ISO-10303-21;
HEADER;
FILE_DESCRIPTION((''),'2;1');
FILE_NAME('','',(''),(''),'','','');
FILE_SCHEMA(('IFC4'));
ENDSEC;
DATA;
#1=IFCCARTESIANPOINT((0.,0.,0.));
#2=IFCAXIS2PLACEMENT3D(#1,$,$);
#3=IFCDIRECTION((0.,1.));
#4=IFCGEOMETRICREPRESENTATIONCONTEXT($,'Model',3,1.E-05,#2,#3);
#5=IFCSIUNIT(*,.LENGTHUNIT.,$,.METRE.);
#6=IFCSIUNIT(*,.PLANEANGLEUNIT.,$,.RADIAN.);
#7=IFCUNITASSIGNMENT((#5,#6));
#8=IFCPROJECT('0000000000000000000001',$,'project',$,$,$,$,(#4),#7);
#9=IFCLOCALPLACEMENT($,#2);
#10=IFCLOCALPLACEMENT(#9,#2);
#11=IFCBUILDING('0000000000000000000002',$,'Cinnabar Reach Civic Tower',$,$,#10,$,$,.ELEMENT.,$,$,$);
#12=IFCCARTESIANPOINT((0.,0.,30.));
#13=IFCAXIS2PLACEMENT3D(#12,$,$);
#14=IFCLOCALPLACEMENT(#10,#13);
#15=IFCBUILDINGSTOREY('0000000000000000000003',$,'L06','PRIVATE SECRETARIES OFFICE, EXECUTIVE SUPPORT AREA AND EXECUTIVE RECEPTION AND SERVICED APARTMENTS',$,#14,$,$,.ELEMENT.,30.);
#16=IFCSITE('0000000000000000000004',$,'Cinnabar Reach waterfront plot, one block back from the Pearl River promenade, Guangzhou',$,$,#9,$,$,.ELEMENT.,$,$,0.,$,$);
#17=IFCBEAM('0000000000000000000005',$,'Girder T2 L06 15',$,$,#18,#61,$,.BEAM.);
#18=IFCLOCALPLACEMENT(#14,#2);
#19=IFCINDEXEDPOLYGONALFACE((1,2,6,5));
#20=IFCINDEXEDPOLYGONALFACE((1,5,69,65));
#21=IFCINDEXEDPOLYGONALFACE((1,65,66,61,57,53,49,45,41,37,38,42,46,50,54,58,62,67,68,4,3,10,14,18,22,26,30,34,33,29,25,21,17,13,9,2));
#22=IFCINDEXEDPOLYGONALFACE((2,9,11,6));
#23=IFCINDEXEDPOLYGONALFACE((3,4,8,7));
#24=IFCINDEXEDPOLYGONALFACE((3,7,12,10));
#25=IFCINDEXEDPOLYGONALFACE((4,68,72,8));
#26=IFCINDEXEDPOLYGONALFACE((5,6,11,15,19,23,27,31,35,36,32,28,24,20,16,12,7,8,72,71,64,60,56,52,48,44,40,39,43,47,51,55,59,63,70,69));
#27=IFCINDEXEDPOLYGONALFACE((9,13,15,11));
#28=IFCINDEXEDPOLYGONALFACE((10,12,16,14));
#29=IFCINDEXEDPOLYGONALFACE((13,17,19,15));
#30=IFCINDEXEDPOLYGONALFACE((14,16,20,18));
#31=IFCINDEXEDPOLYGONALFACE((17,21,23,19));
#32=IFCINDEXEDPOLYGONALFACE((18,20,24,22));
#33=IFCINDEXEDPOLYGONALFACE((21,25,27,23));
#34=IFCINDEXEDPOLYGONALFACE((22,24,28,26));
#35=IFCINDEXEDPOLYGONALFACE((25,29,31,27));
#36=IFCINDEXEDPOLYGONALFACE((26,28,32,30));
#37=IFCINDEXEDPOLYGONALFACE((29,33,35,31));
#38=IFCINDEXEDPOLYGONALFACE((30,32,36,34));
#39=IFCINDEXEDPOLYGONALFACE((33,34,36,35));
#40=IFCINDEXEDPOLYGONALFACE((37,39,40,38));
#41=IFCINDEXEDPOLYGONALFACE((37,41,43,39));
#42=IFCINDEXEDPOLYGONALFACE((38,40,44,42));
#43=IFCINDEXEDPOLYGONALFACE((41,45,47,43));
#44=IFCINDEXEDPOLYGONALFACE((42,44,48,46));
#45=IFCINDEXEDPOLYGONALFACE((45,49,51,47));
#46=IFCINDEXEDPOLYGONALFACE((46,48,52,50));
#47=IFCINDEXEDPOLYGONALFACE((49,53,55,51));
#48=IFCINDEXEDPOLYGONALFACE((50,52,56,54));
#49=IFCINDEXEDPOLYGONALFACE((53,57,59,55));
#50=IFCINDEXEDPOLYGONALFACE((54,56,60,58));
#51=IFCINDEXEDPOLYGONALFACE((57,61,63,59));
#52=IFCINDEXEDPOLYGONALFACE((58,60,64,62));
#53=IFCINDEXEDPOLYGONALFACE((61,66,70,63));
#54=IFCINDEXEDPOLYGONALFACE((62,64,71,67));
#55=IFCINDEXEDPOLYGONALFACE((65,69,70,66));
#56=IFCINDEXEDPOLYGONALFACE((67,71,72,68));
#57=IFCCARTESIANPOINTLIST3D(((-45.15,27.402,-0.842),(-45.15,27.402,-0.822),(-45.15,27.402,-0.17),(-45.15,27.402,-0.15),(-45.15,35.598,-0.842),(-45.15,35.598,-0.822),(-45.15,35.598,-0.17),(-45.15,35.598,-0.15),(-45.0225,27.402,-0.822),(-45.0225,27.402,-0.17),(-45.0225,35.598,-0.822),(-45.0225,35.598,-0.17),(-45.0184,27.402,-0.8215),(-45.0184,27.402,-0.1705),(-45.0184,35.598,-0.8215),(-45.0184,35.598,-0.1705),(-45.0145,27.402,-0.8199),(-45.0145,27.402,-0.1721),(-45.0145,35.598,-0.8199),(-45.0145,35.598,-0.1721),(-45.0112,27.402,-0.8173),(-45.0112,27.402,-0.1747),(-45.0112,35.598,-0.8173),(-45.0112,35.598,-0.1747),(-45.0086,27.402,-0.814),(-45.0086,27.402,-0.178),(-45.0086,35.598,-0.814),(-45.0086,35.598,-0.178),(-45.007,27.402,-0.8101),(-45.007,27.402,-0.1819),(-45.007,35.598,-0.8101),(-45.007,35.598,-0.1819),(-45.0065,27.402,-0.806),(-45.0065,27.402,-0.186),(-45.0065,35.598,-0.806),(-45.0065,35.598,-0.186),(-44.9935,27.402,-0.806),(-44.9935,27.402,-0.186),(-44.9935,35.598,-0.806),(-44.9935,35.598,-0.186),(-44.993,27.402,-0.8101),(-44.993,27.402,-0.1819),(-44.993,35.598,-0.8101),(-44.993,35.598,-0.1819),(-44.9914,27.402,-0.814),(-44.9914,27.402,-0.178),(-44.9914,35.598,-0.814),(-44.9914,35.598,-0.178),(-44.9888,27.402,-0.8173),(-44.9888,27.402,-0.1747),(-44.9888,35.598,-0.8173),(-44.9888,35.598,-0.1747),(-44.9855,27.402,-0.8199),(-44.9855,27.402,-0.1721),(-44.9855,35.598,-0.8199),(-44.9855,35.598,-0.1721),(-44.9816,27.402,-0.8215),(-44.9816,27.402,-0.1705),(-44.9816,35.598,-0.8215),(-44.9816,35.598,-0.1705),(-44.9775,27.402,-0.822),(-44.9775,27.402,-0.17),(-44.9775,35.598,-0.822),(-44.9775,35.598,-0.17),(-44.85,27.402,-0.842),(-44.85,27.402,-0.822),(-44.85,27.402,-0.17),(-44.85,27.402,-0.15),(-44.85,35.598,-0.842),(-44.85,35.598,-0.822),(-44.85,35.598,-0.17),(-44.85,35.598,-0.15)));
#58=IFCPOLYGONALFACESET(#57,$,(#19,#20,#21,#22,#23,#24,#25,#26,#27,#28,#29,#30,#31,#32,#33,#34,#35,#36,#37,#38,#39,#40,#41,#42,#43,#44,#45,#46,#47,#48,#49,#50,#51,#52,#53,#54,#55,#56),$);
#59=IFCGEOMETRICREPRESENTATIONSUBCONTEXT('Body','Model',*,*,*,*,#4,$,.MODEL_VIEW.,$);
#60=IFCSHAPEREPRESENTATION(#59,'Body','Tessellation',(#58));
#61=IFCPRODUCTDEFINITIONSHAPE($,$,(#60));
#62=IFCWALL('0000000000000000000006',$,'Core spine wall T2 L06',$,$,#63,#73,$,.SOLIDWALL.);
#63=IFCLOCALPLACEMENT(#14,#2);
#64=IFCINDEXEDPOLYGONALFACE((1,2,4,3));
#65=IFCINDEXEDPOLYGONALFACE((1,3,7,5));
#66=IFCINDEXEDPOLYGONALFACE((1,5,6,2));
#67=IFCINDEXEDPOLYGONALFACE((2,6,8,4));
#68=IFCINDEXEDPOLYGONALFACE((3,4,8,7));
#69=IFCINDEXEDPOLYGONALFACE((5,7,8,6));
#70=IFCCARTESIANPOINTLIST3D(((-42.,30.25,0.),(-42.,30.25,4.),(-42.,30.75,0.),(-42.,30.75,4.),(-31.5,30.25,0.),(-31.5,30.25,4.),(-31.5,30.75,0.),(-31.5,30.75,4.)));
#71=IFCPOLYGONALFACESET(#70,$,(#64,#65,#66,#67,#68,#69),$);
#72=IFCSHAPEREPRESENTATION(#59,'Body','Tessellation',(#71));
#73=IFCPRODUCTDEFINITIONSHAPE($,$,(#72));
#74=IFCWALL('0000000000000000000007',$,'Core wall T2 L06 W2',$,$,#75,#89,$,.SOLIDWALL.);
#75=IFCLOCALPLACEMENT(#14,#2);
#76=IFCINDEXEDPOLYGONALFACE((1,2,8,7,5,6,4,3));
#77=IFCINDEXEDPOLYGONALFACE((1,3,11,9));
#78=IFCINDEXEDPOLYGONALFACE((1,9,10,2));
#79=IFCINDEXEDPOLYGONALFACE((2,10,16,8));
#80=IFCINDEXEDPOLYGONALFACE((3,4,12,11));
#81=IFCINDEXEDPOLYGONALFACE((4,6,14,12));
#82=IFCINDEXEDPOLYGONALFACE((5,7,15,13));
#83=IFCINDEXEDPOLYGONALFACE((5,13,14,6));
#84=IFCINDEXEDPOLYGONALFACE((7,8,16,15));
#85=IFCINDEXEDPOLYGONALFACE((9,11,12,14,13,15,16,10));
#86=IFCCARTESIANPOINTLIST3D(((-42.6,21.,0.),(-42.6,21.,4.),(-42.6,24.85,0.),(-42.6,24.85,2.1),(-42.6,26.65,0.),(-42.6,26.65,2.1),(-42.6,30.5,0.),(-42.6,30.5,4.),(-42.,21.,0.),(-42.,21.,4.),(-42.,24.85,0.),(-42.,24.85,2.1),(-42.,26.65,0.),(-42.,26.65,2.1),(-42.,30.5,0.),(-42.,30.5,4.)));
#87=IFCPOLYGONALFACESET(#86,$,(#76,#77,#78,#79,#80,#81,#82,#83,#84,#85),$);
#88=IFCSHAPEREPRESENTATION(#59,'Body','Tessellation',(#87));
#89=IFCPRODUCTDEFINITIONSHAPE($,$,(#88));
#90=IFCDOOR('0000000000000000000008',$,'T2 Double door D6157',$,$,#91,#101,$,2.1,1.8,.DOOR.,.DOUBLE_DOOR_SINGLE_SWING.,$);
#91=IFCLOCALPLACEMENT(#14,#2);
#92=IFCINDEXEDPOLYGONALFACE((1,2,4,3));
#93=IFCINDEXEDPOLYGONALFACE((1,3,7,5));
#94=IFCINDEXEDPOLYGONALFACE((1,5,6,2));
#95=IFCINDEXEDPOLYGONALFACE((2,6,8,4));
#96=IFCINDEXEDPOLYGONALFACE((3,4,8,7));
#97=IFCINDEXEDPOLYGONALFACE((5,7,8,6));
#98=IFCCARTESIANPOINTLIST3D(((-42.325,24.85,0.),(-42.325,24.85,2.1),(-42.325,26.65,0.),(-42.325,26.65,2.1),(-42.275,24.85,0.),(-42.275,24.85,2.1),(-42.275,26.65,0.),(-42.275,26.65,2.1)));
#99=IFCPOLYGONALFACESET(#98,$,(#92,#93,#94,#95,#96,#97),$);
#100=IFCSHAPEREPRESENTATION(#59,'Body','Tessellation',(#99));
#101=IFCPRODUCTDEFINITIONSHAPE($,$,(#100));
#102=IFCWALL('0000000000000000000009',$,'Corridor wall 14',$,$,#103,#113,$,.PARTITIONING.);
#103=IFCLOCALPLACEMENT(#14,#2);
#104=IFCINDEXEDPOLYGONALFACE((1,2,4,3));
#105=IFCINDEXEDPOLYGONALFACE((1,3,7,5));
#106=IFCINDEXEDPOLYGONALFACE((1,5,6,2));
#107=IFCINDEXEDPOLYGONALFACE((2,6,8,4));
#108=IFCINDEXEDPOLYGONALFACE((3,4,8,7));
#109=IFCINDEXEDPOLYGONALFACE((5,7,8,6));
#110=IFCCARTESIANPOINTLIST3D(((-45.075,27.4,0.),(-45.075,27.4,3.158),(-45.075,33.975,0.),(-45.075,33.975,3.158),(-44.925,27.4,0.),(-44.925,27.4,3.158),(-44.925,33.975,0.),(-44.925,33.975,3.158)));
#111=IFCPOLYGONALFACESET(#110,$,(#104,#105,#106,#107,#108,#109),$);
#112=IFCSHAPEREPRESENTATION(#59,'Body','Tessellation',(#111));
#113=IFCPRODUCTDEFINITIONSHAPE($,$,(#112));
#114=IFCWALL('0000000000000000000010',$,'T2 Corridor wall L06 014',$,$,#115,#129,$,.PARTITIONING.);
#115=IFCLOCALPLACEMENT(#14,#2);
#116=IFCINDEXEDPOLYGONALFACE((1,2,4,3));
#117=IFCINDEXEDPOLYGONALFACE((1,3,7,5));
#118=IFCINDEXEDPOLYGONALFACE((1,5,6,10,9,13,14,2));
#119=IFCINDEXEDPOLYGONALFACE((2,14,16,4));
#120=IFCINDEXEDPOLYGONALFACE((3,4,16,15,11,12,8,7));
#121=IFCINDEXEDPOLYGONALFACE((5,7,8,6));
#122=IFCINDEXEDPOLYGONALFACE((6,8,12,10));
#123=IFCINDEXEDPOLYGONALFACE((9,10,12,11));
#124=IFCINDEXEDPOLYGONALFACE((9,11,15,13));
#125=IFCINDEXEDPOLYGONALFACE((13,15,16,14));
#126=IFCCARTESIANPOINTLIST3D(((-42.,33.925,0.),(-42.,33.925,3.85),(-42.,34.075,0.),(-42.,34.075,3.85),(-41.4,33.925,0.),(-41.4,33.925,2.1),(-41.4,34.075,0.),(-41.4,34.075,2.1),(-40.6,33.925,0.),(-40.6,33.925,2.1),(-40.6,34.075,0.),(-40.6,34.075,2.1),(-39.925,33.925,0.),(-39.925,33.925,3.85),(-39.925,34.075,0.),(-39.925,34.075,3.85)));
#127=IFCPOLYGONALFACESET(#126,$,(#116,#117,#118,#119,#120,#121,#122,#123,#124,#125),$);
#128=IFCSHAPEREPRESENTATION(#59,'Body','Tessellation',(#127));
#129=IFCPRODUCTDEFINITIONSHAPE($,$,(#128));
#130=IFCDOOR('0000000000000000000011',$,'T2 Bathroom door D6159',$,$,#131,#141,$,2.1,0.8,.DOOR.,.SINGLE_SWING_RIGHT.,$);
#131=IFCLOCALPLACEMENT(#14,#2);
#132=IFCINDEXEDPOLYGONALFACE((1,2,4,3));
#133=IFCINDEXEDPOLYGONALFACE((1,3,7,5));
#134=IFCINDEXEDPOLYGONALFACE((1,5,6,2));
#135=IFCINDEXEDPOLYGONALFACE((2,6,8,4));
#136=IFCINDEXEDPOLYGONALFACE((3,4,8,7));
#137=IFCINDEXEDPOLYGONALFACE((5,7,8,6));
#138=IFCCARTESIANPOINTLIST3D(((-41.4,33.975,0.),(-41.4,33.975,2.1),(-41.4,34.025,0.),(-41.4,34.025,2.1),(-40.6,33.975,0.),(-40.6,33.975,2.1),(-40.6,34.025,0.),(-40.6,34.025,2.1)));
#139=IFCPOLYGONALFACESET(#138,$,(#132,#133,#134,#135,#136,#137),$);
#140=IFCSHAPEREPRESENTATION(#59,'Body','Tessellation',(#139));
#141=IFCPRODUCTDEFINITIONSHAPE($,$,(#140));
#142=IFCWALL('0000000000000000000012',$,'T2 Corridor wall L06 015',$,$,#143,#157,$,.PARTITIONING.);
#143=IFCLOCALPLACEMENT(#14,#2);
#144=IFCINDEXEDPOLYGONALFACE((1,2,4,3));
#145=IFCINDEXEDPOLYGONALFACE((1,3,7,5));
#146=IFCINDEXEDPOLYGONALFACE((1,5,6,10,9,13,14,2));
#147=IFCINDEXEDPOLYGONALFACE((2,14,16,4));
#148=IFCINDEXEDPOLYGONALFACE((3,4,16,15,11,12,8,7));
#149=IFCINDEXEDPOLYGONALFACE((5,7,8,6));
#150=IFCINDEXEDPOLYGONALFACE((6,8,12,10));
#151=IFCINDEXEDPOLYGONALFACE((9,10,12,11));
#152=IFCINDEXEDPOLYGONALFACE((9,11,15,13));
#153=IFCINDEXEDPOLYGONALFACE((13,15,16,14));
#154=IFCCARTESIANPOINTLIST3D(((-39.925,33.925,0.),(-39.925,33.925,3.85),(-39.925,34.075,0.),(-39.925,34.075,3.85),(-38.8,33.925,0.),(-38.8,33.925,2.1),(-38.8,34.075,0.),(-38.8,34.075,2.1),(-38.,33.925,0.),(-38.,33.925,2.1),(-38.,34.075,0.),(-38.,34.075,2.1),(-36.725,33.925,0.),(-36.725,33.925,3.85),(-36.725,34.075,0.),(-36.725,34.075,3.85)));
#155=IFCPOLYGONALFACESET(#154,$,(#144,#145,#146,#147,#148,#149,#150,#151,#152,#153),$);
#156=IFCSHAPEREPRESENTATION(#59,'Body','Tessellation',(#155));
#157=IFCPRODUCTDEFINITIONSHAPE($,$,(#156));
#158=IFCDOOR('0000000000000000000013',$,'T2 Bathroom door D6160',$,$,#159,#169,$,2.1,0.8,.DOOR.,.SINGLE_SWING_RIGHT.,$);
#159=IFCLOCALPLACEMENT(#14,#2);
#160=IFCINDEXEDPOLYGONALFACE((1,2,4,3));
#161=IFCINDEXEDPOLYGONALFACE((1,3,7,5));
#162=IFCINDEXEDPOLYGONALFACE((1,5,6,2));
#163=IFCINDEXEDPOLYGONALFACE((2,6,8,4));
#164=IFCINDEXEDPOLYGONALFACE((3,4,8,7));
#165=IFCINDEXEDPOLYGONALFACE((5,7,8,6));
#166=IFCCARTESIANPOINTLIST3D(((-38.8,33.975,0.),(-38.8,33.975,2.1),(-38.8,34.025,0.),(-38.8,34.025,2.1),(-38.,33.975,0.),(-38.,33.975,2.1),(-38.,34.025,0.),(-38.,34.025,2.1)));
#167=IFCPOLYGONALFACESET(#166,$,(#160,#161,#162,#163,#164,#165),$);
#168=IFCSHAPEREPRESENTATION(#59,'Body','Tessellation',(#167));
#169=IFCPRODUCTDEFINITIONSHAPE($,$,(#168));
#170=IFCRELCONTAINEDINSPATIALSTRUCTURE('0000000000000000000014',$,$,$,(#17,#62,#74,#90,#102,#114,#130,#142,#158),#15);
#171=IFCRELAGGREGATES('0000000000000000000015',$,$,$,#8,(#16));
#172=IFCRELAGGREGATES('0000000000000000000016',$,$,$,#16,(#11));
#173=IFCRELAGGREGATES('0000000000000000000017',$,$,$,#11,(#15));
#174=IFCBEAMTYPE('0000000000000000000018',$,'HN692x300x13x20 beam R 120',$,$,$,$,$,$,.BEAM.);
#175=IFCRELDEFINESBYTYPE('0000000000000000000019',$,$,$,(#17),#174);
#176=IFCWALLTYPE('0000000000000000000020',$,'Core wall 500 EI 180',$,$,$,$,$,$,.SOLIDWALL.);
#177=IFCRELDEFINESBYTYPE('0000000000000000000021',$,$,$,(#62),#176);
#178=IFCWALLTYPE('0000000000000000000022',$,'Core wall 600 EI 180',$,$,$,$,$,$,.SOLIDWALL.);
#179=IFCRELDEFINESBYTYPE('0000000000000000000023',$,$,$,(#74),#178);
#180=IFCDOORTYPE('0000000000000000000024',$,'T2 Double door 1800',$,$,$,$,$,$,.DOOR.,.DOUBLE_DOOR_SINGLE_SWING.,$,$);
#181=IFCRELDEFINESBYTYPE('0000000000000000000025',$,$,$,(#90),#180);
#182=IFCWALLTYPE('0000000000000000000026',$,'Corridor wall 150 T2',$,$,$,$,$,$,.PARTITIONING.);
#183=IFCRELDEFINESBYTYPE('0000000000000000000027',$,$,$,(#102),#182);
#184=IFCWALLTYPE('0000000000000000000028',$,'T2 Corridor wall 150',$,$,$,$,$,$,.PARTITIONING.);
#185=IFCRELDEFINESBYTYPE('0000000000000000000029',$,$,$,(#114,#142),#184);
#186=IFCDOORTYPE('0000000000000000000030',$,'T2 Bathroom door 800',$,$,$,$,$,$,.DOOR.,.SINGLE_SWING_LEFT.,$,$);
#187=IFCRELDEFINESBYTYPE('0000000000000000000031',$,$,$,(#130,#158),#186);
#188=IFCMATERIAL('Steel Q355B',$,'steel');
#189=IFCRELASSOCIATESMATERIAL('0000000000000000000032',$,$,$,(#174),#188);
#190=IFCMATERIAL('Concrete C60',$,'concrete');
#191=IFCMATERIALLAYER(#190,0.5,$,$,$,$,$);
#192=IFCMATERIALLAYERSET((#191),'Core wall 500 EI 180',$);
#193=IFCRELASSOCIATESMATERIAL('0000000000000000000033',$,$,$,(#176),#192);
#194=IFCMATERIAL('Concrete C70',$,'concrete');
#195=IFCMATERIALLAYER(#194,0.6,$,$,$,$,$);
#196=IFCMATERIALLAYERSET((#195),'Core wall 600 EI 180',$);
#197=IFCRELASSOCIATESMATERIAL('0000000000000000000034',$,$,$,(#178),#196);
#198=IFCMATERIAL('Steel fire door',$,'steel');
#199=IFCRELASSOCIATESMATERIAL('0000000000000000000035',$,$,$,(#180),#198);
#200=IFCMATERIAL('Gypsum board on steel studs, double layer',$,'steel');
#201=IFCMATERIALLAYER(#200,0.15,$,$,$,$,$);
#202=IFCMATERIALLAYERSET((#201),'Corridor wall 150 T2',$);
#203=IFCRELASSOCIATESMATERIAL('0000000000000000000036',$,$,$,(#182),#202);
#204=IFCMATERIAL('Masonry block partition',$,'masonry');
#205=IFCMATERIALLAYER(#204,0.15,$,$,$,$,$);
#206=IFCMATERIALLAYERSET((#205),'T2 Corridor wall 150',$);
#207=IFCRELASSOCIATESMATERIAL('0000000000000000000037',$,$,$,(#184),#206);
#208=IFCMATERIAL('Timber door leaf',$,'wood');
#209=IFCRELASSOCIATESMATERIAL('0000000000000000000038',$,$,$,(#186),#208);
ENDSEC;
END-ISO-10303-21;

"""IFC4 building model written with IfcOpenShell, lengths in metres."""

from ifc_helpers import new_model, si_unit, direction, frame, frame_2d, origin, origin_2d, place, context, subcontext, project, spatial, rectangle, i_section, extrude, material, layer, layer_set, material_profile, profile_set, type_object, element, fill, save


model = new_model("IFC4")

# Units and contexts
model_context = context("Model", 3, precision=1e-05, world=origin(), true_north=direction((0.0, 1.0)))
body_context = subcontext(model_context, "Body", "Model", "MODEL_VIEW")
ifc_project = project(units=[si_unit("LENGTHUNIT", "METRE"), si_unit("PLANEANGLEUNIT", "RADIAN")], contexts=[model_context])

# Site, building, storey
site_placement = place(None, origin())
site = spatial("IfcSite", under=ifc_project, at=site_placement, Name="Cinnabar Reach waterfront plot, one block back from the Pearl River promenade, Guangzhou", CompositionType="ELEMENT", RefElevation=0.0)
building_placement = place(site_placement, origin())
building = spatial("IfcBuilding", under=site, at=building_placement, Name="Cinnabar Reach Civic Tower", CompositionType="ELEMENT")
storey_placement = place(building_placement, frame((0.0, 0.0, 30.0)))
storey = spatial("IfcBuildingStorey", under=building, at=storey_placement, Name="L06", Description="PRIVATE SECRETARIES OFFICE, EXECUTIVE SUPPORT AREA AND EXECUTIVE RECEPTION AND SERVICED APARTMENTS", CompositionType="ELEMENT", Elevation=30.0)

# Shared definitions
ifc_material_1 = material(Name="Concrete C60", Category="concrete")

# Beam
ifc_material_2 = material(Name="Steel Q355B", Category="steel")
ifc_material_profile_1 = material_profile(ifc_material_2, i_section(OverallWidth=0.3, OverallDepth=0.692, WebThickness=0.013, FlangeThickness=0.02, FilletRadius=0.016, at=origin_2d()), Name="HN692x300x13x20")
ifc_profile_set_1 = profile_set([ifc_material_profile_1], Name="Steel Q355B")
beam_type_1 = type_object("IfcBeamType", Name="HN692x300x13x20 beam R 120", PredefinedType="BEAM", material=ifc_profile_set_1)
beam_1_placement = place(storey_placement, frame((-45.0, 27.402, -0.496), z_axis=(0.0, 1.0, 0.0), x_axis=(-1.0, 0.0, 0.0)))
element("IfcBeam", 1, at=beam_1_placement, inside=storey, type_object=beam_type_1, Name="Girder T2 L06 15", PredefinedType="BEAM", context=body_context, shape_type="SweptSolid", body=[
    extrude(i_section(OverallWidth=0.3, OverallDepth=0.692, WebThickness=0.013, FlangeThickness=0.02, FilletRadius=0.016, at=origin_2d()), origin(), (0.0, 0.0, 1.0), 8.196),
])

# Wall
ifc_layer_1 = layer(ifc_material_1, 0.5)
ifc_layer_set_1 = layer_set([ifc_layer_1], Name="Core wall 500 EI 180")
wall_type_1 = type_object("IfcWallType", Name="Core wall 500 EI 180", PredefinedType="SOLIDWALL", material=ifc_layer_set_1)
wall_1_placement = place(storey_placement, frame((-42.0, 30.5, 0.0), z_axis=(0.0, 0.0, 1.0), x_axis=(1.0, 0.0, 0.0)))
element("IfcWall", 2, at=wall_1_placement, inside=storey, type_object=wall_type_1, Name="Core spine wall T2 L06", PredefinedType="SOLIDWALL", context=body_context, shape_type="SweptSolid", body=[
    extrude(rectangle(XDim=10.5, YDim=0.5, at=frame_2d((5.25, 0.0))), origin(), (0.0, 0.0, 1.0), 4.0),
])

# Wall, opening, door
ifc_material_3 = material(Name="Concrete C70", Category="concrete")
ifc_layer_2 = layer(ifc_material_3, 0.6)
ifc_layer_set_2 = layer_set([ifc_layer_2], Name="Core wall 600 EI 180")
wall_type_2 = type_object("IfcWallType", Name="Core wall 600 EI 180", PredefinedType="SOLIDWALL", material=ifc_layer_set_2)
wall_2_placement = place(storey_placement, frame((-42.3, 30.5, 0.0), z_axis=(0.0, 0.0, 1.0), x_axis=(0.0, -1.0, 0.0)))
wall_2 = element("IfcWall", 3, at=wall_2_placement, inside=storey, type_object=wall_type_2, Name="Core wall T2 L06 W2", PredefinedType="SOLIDWALL", context=body_context, shape_type="SweptSolid", body=[
    extrude(rectangle(XDim=9.5, YDim=0.6, at=frame_2d((4.75, 0.0))), origin(), (0.0, 0.0, 1.0), 4.0),
])
opening_1_placement = place(wall_2_placement, frame((3.85, 0.0, 0.0)))
opening_1 = element("IfcOpeningElement", 4, at=opening_1_placement, cuts=wall_2, PredefinedType="OPENING", context=body_context, shape_type="SweptSolid", body=[
    extrude(rectangle(XDim=1.8, YDim=2.1, at=frame_2d((0.9, 1.05))), frame((0.0, 0.31, 0.0), z_axis=(0.0, -1.0, 0.0), x_axis=(1.0, 0.0, 0.0)), (0.0, 0.0, 1.0), 0.62),
])
ifc_material_4 = material(Name="Steel fire door", Category="steel")
door_type_1 = type_object("IfcDoorType", Name="T2 Double door 1800", OperationType="DOUBLE_DOOR_SINGLE_SWING", PredefinedType="DOOR", material=ifc_material_4)
door_1_placement = place(opening_1_placement, origin())
door_1 = element("IfcDoor", 5, at=door_1_placement, inside=storey, type_object=door_type_1, Name="T2 Double door D6157", OperationType="DOUBLE_DOOR_SINGLE_SWING", OverallHeight=2.1, OverallWidth=1.8, PredefinedType="DOOR", context=body_context, shape_type="SweptSolid", body=[
    extrude(rectangle(XDim=1.8, YDim=2.1, at=frame_2d((0.9, 1.05))), frame((0.0, 0.025, 0.0), z_axis=(0.0, -1.0, 0.0), x_axis=(1.0, 0.0, 0.0)), (0.0, 0.0, 1.0), 0.05),
])
fill(opening_1, door_1)

# Wall
ifc_material_5 = material(Name="Gypsum board on steel studs, double layer", Category="steel")
ifc_layer_3 = layer(ifc_material_5, 0.15)
ifc_layer_set_3 = layer_set([ifc_layer_3], Name="Corridor wall 150 T2")
wall_type_3 = type_object("IfcWallType", Name="Corridor wall 150 T2", PredefinedType="PARTITIONING", material=ifc_layer_set_3)
wall_3_placement = place(storey_placement, frame((-45.0, 27.4, 0.0), z_axis=(0.0, 0.0, 1.0), x_axis=(0.0, 1.0, 0.0)))
element("IfcWall", 6, at=wall_3_placement, inside=storey, type_object=wall_type_3, Name="Corridor wall 14", PredefinedType="PARTITIONING", context=body_context, shape_type="SweptSolid", body=[
    extrude(rectangle(XDim=6.575, YDim=0.15, at=frame_2d((3.2875, 0.0))), origin(), (0.0, 0.0, 1.0), 3.158),
])

# Walls, openings, doors
ifc_material_6 = material(Name="Masonry block partition", Category="masonry")
ifc_layer_4 = layer(ifc_material_6, 0.15)
ifc_layer_set_4 = layer_set([ifc_layer_4], Name="T2 Corridor wall 150")
wall_type_4 = type_object("IfcWallType", Name="T2 Corridor wall 150", PredefinedType="PARTITIONING", material=ifc_layer_set_4)
wall_4_placement = place(storey_placement, frame((-39.925, 34.0, 0.0), z_axis=(0.0, 0.0, 1.0), x_axis=(-1.0, 0.0, 0.0)))
wall_4 = element("IfcWall", 7, at=wall_4_placement, inside=storey, type_object=wall_type_4, Name="T2 Corridor wall L06 014", PredefinedType="PARTITIONING", context=body_context, shape_type="SweptSolid", body=[
    extrude(rectangle(XDim=2.075, YDim=0.15, at=frame_2d((1.0375, 0.0))), origin(), (0.0, 0.0, 1.0), 3.85),
])
opening_2_placement = place(wall_4_placement, frame((0.675, 0.0, 0.0)))
opening_2 = element("IfcOpeningElement", 8, at=opening_2_placement, cuts=wall_4, PredefinedType="OPENING", context=body_context, shape_type="SweptSolid", body=[
    extrude(rectangle(XDim=0.8, YDim=2.1, at=frame_2d((0.4, 1.05))), frame((0.0, 0.085, 0.0), z_axis=(0.0, -1.0, 0.0), x_axis=(1.0, 0.0, 0.0)), (0.0, 0.0, 1.0), 0.17),
])
ifc_material_7 = material(Name="Timber door leaf", Category="wood")
door_type_2 = type_object("IfcDoorType", Name="T2 Bathroom door 800", OperationType="SINGLE_SWING_LEFT", PredefinedType="DOOR", material=ifc_material_7)
door_2_placement = place(opening_2_placement, frame((0.8, 0.0, 0.0), z_axis=(0.0, 0.0, 1.0), x_axis=(-1.0, 0.0, 0.0)))
door_2 = element("IfcDoor", 9, at=door_2_placement, inside=storey, type_object=door_type_2, Name="T2 Bathroom door D6159", OperationType="SINGLE_SWING_RIGHT", OverallHeight=2.1, OverallWidth=0.8, PredefinedType="DOOR", context=body_context, shape_type="SweptSolid", body=[
    extrude(rectangle(XDim=0.8, YDim=2.1, at=frame_2d((0.4, 1.05))), frame((0.0, 0.025, 0.0), z_axis=(0.0, -1.0, 0.0), x_axis=(1.0, 0.0, 0.0)), (0.0, 0.0, 1.0), 0.05),
])
fill(opening_2, door_2)
wall_5_placement = place(storey_placement, frame((-36.725, 34.0, 0.0), z_axis=(0.0, 0.0, 1.0), x_axis=(-1.0, 0.0, 0.0)))
wall_5 = element("IfcWall", 10, at=wall_5_placement, inside=storey, type_object=wall_type_4, Name="T2 Corridor wall L06 015", PredefinedType="PARTITIONING", context=body_context, shape_type="SweptSolid", body=[
    extrude(rectangle(XDim=3.2, YDim=0.15, at=frame_2d((1.6, 0.0))), origin(), (0.0, 0.0, 1.0), 3.85),
])
opening_3_placement = place(wall_5_placement, frame((1.275, 0.0, 0.0)))
opening_3 = element("IfcOpeningElement", 11, at=opening_3_placement, cuts=wall_5, PredefinedType="OPENING", context=body_context, shape_type="SweptSolid", body=[
    extrude(rectangle(XDim=0.8, YDim=2.1, at=frame_2d((0.4, 1.05))), frame((0.0, 0.085, 0.0), z_axis=(0.0, -1.0, 0.0), x_axis=(1.0, 0.0, 0.0)), (0.0, 0.0, 1.0), 0.17),
])
door_3_placement = place(opening_3_placement, frame((0.8, 0.0, 0.0), z_axis=(0.0, 0.0, 1.0), x_axis=(-1.0, 0.0, 0.0)))
door_3 = element("IfcDoor", 12, at=door_3_placement, inside=storey, type_object=door_type_2, Name="T2 Bathroom door D6160", OperationType="SINGLE_SWING_RIGHT", OverallHeight=2.1, OverallWidth=0.8, PredefinedType="DOOR", context=body_context, shape_type="SweptSolid", body=[
    extrude(rectangle(XDim=0.8, YDim=2.1, at=frame_2d((0.4, 1.05))), frame((0.0, 0.025, 0.0), z_axis=(0.0, -1.0, 0.0), x_axis=(1.0, 0.0, 0.0)), (0.0, 0.0, 1.0), 0.05),
])
fill(opening_3, door_3)

save(model, "model.ifc")
